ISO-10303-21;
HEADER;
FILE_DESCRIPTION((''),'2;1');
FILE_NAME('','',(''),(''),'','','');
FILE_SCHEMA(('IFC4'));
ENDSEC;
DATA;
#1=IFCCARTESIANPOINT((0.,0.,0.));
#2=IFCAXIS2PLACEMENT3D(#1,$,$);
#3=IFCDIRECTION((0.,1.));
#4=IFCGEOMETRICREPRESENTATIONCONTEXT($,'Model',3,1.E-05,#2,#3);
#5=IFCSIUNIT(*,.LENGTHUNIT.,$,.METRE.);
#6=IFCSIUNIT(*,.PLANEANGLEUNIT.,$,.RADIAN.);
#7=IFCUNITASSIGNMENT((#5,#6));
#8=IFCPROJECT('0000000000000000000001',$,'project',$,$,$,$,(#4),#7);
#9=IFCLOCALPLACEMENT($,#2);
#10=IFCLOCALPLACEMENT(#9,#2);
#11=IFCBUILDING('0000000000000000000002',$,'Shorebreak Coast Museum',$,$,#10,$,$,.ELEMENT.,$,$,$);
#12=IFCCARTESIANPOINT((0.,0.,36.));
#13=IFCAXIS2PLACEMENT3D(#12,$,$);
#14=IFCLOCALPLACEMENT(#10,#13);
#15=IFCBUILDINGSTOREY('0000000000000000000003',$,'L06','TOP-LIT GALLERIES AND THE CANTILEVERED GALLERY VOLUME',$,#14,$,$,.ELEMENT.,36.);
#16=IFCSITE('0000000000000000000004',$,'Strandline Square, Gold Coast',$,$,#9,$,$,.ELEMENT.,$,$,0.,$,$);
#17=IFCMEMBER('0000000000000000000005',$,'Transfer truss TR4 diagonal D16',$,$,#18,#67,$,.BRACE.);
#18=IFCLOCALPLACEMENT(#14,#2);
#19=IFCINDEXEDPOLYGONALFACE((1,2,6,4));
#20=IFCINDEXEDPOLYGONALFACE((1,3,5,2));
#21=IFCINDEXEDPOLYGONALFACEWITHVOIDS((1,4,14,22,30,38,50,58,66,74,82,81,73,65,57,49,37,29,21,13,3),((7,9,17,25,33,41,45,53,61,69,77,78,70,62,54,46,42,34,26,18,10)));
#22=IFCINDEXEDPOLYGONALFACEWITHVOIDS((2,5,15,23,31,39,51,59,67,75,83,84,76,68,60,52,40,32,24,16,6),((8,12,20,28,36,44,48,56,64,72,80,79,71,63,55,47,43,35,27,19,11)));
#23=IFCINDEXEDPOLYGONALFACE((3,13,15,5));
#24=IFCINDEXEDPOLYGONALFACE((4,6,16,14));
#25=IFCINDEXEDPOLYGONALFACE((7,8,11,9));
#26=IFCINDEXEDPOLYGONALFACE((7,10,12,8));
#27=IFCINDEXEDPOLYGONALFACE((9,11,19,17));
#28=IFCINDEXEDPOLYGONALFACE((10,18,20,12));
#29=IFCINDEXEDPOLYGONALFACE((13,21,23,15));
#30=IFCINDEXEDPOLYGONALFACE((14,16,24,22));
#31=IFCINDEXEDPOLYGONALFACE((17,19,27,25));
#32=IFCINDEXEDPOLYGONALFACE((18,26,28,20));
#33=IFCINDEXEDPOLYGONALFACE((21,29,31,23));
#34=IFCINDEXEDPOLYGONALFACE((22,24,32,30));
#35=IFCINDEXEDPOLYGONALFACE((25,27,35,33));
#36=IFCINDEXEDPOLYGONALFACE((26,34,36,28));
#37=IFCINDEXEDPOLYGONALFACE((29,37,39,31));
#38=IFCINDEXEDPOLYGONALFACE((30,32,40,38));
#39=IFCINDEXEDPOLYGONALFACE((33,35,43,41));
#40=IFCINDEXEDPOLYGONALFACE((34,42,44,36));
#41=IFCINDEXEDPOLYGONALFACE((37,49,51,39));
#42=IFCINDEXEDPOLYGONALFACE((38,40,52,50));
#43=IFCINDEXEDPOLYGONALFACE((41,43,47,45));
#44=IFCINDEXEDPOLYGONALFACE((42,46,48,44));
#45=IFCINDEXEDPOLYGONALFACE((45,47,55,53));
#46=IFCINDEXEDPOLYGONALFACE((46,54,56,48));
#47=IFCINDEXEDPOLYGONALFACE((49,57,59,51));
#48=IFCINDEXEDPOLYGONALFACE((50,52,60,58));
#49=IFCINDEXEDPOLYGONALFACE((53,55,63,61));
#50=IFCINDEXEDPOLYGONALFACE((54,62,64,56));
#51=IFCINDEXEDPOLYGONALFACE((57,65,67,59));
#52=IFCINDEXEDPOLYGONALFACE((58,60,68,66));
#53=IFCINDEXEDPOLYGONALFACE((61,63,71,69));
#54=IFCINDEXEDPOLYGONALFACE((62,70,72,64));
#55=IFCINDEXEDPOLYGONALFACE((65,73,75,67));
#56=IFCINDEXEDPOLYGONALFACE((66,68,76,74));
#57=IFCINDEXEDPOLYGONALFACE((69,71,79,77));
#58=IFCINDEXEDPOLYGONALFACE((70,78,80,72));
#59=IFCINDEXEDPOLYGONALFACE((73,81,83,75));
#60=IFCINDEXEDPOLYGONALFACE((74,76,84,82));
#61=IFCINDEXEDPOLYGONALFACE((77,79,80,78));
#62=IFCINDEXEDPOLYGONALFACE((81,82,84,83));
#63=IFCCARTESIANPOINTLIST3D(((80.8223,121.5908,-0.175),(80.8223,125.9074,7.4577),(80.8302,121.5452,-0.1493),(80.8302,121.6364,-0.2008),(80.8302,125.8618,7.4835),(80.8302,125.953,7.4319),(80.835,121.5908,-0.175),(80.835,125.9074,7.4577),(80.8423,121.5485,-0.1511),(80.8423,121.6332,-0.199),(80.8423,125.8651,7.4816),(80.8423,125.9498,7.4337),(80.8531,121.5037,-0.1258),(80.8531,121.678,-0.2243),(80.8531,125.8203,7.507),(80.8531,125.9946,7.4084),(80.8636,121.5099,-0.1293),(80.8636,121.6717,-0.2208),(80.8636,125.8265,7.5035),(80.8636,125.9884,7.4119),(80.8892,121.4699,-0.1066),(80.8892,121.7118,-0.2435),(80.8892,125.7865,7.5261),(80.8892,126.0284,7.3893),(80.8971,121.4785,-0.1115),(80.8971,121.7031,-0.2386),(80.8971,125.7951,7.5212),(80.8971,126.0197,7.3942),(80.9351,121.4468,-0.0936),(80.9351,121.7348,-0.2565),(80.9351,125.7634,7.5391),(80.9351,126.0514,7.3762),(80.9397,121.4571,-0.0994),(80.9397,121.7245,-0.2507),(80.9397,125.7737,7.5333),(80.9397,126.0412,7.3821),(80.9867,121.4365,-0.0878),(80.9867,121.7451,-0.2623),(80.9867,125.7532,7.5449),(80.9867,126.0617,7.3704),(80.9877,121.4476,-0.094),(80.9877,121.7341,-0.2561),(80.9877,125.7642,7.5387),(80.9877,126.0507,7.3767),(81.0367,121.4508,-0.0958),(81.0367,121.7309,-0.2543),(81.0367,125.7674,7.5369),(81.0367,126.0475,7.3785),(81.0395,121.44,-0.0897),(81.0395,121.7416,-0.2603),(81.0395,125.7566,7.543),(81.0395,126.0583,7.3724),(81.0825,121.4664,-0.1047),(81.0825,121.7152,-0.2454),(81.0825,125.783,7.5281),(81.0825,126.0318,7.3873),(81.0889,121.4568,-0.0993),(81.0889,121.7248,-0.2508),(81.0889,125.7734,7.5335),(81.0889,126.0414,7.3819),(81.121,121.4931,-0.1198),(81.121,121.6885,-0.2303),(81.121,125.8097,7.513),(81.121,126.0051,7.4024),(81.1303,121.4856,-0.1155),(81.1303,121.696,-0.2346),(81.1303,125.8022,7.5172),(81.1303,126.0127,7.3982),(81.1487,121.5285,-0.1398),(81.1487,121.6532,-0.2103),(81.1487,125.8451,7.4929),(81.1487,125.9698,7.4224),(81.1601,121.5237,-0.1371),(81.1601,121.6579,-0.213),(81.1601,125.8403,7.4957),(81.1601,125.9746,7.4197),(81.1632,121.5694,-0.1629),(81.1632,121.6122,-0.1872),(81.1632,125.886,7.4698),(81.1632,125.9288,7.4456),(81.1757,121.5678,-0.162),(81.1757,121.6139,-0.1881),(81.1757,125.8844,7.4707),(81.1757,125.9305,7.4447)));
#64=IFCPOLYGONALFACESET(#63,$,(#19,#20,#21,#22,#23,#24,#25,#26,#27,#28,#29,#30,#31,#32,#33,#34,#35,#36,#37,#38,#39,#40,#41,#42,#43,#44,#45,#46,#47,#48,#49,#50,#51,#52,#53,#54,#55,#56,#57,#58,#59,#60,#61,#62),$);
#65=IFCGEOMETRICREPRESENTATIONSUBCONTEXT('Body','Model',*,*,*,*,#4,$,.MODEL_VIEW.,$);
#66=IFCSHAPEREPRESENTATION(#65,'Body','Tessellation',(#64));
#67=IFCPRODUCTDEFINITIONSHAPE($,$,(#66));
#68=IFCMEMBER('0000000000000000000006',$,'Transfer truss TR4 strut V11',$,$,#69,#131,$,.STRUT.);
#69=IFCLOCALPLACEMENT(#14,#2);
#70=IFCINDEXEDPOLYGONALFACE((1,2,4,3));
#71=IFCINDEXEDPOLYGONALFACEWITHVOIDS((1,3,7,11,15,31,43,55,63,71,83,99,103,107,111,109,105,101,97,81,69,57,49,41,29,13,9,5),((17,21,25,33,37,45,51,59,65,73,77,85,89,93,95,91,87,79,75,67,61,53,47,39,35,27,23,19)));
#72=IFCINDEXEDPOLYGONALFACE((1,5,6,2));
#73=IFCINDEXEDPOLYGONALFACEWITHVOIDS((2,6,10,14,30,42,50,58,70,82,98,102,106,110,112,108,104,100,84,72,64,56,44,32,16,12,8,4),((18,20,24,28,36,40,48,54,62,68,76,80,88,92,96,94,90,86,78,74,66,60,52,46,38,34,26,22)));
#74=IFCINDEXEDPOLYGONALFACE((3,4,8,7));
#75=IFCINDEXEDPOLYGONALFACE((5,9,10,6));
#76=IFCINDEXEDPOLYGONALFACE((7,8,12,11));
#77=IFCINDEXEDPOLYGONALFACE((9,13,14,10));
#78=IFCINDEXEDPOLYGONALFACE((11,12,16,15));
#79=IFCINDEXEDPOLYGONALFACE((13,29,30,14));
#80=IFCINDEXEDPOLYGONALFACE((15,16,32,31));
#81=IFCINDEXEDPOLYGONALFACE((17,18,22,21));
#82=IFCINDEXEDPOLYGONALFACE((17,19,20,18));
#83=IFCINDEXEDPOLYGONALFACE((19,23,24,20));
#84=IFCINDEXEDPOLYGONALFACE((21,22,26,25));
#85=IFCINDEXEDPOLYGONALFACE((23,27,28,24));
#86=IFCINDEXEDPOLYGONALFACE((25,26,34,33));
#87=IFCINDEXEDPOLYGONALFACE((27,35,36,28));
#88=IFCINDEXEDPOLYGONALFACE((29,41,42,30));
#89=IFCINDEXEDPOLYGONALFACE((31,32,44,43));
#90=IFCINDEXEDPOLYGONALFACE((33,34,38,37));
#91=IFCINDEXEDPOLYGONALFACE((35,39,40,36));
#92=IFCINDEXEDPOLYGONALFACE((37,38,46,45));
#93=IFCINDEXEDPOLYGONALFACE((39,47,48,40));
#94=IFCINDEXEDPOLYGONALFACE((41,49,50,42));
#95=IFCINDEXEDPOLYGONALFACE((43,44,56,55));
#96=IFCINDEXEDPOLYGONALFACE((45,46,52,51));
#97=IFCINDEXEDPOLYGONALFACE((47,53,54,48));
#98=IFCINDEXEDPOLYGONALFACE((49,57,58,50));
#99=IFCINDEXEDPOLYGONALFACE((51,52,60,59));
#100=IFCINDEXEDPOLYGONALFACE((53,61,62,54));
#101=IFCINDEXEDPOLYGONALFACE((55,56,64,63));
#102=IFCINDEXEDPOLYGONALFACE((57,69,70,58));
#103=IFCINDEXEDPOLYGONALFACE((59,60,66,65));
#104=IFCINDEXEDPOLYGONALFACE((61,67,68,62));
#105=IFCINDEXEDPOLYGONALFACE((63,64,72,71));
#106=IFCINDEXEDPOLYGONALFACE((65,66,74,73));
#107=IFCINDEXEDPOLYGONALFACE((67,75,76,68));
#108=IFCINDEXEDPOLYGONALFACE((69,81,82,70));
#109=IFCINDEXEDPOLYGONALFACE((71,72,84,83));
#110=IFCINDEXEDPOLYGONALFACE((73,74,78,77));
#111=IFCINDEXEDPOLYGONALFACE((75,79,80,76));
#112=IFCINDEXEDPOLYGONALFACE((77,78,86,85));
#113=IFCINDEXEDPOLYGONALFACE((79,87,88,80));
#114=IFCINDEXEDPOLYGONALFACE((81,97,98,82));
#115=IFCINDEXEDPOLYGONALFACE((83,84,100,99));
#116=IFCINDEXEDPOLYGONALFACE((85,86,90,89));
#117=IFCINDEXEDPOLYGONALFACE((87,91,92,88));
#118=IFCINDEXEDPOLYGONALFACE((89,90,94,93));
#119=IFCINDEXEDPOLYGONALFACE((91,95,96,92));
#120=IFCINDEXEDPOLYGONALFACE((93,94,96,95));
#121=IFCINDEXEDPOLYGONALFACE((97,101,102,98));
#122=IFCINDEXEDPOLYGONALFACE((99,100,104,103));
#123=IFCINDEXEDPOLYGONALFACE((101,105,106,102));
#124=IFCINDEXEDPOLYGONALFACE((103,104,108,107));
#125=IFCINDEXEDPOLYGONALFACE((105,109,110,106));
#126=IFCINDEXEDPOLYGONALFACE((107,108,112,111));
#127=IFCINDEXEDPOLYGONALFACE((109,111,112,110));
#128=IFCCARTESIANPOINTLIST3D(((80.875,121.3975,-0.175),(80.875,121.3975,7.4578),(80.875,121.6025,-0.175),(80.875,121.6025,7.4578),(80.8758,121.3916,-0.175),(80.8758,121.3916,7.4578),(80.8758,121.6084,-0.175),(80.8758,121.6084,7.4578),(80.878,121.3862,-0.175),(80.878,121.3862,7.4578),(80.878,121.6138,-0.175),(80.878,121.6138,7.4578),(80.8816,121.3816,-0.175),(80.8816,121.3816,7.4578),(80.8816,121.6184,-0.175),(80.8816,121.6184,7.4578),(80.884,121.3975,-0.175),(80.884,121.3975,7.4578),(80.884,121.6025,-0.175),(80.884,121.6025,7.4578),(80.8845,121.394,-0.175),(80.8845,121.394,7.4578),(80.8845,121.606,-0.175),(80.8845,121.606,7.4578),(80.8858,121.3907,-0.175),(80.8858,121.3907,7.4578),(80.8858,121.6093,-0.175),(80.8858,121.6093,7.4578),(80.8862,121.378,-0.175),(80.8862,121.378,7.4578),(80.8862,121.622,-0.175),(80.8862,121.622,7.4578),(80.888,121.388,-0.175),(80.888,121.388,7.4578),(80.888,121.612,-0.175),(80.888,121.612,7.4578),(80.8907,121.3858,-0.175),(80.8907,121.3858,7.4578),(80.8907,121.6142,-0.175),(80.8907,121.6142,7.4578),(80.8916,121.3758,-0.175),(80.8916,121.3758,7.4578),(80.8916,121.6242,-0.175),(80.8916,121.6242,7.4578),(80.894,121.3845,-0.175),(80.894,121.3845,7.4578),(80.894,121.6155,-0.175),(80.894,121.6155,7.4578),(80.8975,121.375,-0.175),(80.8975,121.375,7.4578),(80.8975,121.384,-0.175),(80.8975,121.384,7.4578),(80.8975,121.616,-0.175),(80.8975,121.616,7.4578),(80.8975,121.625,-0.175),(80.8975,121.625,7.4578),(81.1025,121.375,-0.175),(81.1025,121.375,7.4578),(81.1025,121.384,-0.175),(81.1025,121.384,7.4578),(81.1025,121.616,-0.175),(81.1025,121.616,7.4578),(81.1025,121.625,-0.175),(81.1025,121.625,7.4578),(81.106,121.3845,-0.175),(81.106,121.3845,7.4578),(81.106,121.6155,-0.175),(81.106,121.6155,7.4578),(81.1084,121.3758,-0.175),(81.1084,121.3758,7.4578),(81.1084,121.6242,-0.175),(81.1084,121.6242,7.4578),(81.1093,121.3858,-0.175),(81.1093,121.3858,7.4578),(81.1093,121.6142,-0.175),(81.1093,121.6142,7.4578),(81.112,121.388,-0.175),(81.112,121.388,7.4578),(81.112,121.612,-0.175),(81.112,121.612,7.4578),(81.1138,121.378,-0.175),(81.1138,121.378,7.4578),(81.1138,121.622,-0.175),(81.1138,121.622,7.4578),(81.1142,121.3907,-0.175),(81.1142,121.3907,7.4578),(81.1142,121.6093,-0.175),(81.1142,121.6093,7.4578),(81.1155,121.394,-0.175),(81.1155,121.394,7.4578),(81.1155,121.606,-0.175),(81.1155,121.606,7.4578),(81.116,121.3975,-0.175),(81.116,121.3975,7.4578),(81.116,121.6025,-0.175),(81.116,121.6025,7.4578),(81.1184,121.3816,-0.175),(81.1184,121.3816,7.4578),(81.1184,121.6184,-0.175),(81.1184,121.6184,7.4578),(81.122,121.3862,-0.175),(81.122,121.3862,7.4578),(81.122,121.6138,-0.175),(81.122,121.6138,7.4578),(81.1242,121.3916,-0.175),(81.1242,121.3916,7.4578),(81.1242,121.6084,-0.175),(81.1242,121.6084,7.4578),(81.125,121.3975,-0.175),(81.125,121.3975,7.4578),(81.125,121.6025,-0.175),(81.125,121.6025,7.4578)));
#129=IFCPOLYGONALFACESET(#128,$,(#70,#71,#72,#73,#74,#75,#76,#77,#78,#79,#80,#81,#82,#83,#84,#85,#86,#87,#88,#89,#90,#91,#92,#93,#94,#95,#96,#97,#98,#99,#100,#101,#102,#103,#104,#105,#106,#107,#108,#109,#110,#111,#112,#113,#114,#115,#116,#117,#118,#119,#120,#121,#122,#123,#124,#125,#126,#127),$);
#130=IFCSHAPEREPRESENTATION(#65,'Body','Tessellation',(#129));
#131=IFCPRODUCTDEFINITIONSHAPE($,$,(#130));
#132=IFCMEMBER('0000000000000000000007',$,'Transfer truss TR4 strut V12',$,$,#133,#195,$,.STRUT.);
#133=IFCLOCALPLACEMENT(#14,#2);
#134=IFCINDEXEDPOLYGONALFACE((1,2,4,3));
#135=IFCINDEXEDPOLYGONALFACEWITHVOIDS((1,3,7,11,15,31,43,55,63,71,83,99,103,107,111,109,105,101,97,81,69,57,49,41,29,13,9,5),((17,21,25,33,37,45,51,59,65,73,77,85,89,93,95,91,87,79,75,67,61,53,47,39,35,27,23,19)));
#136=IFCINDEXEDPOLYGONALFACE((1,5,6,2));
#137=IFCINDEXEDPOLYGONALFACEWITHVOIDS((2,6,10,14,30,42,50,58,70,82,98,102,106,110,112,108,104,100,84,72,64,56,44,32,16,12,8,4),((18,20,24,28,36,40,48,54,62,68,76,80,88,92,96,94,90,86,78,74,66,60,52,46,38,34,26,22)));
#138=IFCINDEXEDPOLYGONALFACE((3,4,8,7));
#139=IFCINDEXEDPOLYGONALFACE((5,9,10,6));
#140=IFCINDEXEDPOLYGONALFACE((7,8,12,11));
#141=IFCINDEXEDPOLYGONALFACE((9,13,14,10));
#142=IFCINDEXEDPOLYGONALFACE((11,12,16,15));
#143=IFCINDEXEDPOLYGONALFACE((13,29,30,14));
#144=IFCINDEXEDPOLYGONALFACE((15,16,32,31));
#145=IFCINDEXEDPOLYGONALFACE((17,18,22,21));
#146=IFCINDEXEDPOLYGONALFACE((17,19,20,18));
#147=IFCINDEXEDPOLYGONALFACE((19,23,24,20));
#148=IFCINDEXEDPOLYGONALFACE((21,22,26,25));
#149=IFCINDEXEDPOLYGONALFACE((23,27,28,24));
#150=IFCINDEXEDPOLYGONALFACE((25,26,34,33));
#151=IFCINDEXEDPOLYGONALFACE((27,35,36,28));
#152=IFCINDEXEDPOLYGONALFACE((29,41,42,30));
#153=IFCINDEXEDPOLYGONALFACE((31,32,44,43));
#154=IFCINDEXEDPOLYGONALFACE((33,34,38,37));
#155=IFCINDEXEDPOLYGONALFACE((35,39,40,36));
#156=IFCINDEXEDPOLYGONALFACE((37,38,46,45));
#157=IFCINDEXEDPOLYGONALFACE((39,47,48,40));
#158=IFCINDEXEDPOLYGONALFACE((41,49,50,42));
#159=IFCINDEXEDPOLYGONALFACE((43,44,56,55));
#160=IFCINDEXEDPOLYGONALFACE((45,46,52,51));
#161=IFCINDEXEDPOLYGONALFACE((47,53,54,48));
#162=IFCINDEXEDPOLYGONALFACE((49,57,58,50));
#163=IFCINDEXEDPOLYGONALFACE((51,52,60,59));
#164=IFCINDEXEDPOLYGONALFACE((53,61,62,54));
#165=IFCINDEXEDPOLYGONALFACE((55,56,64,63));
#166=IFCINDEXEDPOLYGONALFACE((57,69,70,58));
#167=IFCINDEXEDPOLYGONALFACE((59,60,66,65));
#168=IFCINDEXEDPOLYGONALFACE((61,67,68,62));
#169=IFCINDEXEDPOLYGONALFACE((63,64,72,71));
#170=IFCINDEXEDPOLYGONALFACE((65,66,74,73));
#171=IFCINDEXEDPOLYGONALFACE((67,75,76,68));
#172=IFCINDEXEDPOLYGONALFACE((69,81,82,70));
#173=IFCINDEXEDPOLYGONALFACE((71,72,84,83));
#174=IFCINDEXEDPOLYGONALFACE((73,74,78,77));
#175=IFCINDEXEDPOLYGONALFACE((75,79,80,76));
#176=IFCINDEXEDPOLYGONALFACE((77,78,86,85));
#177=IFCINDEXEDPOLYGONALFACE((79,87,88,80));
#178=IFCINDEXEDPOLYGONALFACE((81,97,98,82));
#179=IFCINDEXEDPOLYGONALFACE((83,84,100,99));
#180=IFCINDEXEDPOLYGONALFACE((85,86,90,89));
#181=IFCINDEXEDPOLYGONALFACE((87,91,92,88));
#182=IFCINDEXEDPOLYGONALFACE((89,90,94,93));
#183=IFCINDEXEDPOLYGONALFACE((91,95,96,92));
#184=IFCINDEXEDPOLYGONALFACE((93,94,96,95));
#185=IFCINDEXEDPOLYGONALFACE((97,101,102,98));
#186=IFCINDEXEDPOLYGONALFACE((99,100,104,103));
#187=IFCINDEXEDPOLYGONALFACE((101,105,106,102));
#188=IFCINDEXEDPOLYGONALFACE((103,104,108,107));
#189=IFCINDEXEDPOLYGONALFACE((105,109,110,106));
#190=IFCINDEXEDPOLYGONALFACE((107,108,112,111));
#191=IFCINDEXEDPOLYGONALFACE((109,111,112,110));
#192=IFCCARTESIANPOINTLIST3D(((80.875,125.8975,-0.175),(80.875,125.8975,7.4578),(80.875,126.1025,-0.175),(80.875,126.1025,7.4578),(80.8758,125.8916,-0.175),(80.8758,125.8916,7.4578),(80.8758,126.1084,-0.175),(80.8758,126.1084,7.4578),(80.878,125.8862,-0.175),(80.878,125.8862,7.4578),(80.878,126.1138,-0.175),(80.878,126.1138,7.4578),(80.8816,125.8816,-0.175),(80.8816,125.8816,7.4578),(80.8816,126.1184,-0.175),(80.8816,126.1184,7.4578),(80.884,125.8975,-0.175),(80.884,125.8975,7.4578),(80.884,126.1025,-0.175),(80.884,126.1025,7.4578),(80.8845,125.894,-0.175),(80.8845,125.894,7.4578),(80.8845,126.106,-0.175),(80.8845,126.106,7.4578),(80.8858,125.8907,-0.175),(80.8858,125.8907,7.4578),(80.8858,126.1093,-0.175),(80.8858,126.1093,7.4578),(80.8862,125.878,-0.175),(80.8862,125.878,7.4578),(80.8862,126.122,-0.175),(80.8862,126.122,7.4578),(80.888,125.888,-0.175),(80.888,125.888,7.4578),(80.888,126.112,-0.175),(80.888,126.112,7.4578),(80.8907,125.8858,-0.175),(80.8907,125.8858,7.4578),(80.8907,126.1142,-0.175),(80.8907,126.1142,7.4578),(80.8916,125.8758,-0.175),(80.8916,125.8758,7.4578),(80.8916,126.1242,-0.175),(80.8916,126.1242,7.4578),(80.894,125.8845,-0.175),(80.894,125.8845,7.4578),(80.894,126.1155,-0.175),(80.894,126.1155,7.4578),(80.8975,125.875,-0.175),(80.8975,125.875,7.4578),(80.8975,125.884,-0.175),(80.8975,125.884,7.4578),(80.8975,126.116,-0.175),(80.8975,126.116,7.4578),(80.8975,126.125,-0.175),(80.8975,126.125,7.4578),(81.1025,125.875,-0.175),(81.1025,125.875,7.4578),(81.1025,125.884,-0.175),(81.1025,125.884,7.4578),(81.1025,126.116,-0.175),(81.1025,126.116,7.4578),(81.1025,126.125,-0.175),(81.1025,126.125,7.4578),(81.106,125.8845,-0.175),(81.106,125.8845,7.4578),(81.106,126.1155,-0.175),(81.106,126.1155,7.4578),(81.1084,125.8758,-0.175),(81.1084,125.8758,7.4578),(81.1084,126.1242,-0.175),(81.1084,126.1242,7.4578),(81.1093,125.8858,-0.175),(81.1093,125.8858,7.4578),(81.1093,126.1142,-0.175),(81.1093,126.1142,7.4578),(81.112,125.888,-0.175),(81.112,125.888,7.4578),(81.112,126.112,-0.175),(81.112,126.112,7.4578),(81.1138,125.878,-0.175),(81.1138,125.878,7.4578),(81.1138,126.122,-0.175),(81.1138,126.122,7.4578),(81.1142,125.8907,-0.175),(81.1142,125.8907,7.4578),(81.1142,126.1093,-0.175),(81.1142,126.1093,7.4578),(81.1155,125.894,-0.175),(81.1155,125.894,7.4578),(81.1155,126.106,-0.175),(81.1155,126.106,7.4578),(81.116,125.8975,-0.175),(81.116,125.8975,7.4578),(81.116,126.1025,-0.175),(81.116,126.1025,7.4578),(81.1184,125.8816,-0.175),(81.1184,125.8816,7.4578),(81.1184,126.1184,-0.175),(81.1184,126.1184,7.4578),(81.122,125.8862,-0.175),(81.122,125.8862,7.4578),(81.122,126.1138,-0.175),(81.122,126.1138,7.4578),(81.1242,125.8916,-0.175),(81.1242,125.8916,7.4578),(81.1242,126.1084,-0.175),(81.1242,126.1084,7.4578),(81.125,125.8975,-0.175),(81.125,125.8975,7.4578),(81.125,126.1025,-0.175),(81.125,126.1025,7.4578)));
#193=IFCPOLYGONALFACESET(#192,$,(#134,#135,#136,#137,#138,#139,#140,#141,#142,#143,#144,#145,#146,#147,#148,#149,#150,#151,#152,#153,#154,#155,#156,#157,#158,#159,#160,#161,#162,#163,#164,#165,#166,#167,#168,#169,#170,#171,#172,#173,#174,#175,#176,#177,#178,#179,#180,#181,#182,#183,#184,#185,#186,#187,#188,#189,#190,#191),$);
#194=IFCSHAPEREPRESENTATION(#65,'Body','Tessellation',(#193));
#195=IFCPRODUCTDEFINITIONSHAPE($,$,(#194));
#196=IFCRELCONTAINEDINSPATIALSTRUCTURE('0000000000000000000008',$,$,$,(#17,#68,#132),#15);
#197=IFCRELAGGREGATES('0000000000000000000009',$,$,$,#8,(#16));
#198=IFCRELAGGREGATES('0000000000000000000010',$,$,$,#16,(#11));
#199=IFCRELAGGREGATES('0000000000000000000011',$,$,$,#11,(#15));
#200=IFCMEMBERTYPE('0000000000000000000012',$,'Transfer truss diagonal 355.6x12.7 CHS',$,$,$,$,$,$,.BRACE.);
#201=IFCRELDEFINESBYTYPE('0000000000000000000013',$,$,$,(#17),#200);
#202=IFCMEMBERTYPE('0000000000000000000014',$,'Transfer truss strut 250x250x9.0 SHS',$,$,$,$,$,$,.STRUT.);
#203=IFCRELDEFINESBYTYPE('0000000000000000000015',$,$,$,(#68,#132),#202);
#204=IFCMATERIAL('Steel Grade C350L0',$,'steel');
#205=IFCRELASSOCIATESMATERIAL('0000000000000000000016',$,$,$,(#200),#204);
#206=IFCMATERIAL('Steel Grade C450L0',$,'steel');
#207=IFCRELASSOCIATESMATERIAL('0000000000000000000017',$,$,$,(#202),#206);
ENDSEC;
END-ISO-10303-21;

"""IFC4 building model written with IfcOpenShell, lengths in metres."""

from ifc_helpers import new_model, si_unit, direction, frame, origin, origin_2d, place, context, subcontext, project, spatial, hollow_rectangle, hollow_circle, extrude, material, material_profile, profile_set, type_object, element, save


model = new_model("IFC4")

# Units and contexts
model_context = context("Model", 3, precision=1e-05, world=origin(), true_north=direction((0.0, 1.0)))
body_context = subcontext(model_context, "Body", "Model", "MODEL_VIEW")
ifc_project = project(units=[si_unit("LENGTHUNIT", "METRE"), si_unit("PLANEANGLEUNIT", "RADIAN")], contexts=[model_context])

# Site, building, storey
site_placement = place(None, origin())
site = spatial("IfcSite", under=ifc_project, at=site_placement, Name="Strandline Square, Gold Coast", CompositionType="ELEMENT", RefElevation=0.0)
building_placement = place(site_placement, origin())
building = spatial("IfcBuilding", under=site, at=building_placement, Name="Shorebreak Coast Museum", CompositionType="ELEMENT")
storey_placement = place(building_placement, frame((0.0, 0.0, 36.0)))
storey = spatial("IfcBuildingStorey", under=building, at=storey_placement, Name="L06", Description="TOP-LIT GALLERIES AND THE CANTILEVERED GALLERY VOLUME", CompositionType="ELEMENT", Elevation=36.0)

# Members
ifc_material_1 = material(Name="Steel Grade C350L0", Category="steel")
ifc_material_profile_1 = material_profile(ifc_material_1, hollow_circle(Radius=0.1777, WallThickness=0.0127, at=origin_2d()), Name="355.6x12.7 CHS")
ifc_profile_set_1 = profile_set([ifc_material_profile_1], Name="Steel Grade C350L0")
member_type_1 = type_object("IfcMemberType", Name="Transfer truss diagonal 355.6x12.7 CHS", PredefinedType="BRACE", material=ifc_profile_set_1)
member_1_placement = place(storey_placement, frame((81.0, 121.5908, -0.175), z_axis=(0.0, 0.492269, 0.870443), x_axis=(-1.0, 0.0, 0.0)))
element("IfcMember", 1, at=member_1_placement, inside=storey, type_object=member_type_1, Name="Transfer truss TR4 diagonal D16", PredefinedType="BRACE", context=body_context, shape_type="SweptSolid", body=[
    extrude(hollow_circle(Radius=0.1777, WallThickness=0.0127, at=origin_2d()), origin(), (0.0, 0.0, 1.0), 8.7688),
])
ifc_material_2 = material(Name="Steel Grade C450L0", Category="steel")
ifc_material_profile_2 = material_profile(ifc_material_2, hollow_rectangle(XDim=0.25, YDim=0.25, WallThickness=0.009, InnerFilletRadius=0.0134, OuterFilletRadius=0.0225, at=origin_2d()), Name="250x250x9.0 SHS")
ifc_profile_set_2 = profile_set([ifc_material_profile_2], Name="Steel Grade C450L0")
member_type_2 = type_object("IfcMemberType", Name="Transfer truss strut 250x250x9.0 SHS", PredefinedType="STRUT", material=ifc_profile_set_2)
for number, where, z_axis, x_axis, name in (
    (2, (81.0, 121.5, -0.175), (0.0, 0.0, 1.0), (1.0, 0.0, 0.0), "Transfer truss TR4 strut V11"),
    (3, (81.0, 126.0, -0.175), (0.0, 0.0, 1.0), (1.0, 0.0, 0.0), "Transfer truss TR4 strut V12"),
):
    element("IfcMember", number, at=place(storey_placement, frame(where, z_axis=z_axis, x_axis=x_axis)), inside=storey, type_object=member_type_2, Name=name, PredefinedType="STRUT", context=body_context, shape_type="SweptSolid", body=[
        extrude(hollow_rectangle(XDim=0.25, YDim=0.25, WallThickness=0.009, InnerFilletRadius=0.0134, OuterFilletRadius=0.0225, at=origin_2d()), origin(), (0.0, 0.0, 1.0), 7.6328),
    ])

save(model, "model.ifc")
